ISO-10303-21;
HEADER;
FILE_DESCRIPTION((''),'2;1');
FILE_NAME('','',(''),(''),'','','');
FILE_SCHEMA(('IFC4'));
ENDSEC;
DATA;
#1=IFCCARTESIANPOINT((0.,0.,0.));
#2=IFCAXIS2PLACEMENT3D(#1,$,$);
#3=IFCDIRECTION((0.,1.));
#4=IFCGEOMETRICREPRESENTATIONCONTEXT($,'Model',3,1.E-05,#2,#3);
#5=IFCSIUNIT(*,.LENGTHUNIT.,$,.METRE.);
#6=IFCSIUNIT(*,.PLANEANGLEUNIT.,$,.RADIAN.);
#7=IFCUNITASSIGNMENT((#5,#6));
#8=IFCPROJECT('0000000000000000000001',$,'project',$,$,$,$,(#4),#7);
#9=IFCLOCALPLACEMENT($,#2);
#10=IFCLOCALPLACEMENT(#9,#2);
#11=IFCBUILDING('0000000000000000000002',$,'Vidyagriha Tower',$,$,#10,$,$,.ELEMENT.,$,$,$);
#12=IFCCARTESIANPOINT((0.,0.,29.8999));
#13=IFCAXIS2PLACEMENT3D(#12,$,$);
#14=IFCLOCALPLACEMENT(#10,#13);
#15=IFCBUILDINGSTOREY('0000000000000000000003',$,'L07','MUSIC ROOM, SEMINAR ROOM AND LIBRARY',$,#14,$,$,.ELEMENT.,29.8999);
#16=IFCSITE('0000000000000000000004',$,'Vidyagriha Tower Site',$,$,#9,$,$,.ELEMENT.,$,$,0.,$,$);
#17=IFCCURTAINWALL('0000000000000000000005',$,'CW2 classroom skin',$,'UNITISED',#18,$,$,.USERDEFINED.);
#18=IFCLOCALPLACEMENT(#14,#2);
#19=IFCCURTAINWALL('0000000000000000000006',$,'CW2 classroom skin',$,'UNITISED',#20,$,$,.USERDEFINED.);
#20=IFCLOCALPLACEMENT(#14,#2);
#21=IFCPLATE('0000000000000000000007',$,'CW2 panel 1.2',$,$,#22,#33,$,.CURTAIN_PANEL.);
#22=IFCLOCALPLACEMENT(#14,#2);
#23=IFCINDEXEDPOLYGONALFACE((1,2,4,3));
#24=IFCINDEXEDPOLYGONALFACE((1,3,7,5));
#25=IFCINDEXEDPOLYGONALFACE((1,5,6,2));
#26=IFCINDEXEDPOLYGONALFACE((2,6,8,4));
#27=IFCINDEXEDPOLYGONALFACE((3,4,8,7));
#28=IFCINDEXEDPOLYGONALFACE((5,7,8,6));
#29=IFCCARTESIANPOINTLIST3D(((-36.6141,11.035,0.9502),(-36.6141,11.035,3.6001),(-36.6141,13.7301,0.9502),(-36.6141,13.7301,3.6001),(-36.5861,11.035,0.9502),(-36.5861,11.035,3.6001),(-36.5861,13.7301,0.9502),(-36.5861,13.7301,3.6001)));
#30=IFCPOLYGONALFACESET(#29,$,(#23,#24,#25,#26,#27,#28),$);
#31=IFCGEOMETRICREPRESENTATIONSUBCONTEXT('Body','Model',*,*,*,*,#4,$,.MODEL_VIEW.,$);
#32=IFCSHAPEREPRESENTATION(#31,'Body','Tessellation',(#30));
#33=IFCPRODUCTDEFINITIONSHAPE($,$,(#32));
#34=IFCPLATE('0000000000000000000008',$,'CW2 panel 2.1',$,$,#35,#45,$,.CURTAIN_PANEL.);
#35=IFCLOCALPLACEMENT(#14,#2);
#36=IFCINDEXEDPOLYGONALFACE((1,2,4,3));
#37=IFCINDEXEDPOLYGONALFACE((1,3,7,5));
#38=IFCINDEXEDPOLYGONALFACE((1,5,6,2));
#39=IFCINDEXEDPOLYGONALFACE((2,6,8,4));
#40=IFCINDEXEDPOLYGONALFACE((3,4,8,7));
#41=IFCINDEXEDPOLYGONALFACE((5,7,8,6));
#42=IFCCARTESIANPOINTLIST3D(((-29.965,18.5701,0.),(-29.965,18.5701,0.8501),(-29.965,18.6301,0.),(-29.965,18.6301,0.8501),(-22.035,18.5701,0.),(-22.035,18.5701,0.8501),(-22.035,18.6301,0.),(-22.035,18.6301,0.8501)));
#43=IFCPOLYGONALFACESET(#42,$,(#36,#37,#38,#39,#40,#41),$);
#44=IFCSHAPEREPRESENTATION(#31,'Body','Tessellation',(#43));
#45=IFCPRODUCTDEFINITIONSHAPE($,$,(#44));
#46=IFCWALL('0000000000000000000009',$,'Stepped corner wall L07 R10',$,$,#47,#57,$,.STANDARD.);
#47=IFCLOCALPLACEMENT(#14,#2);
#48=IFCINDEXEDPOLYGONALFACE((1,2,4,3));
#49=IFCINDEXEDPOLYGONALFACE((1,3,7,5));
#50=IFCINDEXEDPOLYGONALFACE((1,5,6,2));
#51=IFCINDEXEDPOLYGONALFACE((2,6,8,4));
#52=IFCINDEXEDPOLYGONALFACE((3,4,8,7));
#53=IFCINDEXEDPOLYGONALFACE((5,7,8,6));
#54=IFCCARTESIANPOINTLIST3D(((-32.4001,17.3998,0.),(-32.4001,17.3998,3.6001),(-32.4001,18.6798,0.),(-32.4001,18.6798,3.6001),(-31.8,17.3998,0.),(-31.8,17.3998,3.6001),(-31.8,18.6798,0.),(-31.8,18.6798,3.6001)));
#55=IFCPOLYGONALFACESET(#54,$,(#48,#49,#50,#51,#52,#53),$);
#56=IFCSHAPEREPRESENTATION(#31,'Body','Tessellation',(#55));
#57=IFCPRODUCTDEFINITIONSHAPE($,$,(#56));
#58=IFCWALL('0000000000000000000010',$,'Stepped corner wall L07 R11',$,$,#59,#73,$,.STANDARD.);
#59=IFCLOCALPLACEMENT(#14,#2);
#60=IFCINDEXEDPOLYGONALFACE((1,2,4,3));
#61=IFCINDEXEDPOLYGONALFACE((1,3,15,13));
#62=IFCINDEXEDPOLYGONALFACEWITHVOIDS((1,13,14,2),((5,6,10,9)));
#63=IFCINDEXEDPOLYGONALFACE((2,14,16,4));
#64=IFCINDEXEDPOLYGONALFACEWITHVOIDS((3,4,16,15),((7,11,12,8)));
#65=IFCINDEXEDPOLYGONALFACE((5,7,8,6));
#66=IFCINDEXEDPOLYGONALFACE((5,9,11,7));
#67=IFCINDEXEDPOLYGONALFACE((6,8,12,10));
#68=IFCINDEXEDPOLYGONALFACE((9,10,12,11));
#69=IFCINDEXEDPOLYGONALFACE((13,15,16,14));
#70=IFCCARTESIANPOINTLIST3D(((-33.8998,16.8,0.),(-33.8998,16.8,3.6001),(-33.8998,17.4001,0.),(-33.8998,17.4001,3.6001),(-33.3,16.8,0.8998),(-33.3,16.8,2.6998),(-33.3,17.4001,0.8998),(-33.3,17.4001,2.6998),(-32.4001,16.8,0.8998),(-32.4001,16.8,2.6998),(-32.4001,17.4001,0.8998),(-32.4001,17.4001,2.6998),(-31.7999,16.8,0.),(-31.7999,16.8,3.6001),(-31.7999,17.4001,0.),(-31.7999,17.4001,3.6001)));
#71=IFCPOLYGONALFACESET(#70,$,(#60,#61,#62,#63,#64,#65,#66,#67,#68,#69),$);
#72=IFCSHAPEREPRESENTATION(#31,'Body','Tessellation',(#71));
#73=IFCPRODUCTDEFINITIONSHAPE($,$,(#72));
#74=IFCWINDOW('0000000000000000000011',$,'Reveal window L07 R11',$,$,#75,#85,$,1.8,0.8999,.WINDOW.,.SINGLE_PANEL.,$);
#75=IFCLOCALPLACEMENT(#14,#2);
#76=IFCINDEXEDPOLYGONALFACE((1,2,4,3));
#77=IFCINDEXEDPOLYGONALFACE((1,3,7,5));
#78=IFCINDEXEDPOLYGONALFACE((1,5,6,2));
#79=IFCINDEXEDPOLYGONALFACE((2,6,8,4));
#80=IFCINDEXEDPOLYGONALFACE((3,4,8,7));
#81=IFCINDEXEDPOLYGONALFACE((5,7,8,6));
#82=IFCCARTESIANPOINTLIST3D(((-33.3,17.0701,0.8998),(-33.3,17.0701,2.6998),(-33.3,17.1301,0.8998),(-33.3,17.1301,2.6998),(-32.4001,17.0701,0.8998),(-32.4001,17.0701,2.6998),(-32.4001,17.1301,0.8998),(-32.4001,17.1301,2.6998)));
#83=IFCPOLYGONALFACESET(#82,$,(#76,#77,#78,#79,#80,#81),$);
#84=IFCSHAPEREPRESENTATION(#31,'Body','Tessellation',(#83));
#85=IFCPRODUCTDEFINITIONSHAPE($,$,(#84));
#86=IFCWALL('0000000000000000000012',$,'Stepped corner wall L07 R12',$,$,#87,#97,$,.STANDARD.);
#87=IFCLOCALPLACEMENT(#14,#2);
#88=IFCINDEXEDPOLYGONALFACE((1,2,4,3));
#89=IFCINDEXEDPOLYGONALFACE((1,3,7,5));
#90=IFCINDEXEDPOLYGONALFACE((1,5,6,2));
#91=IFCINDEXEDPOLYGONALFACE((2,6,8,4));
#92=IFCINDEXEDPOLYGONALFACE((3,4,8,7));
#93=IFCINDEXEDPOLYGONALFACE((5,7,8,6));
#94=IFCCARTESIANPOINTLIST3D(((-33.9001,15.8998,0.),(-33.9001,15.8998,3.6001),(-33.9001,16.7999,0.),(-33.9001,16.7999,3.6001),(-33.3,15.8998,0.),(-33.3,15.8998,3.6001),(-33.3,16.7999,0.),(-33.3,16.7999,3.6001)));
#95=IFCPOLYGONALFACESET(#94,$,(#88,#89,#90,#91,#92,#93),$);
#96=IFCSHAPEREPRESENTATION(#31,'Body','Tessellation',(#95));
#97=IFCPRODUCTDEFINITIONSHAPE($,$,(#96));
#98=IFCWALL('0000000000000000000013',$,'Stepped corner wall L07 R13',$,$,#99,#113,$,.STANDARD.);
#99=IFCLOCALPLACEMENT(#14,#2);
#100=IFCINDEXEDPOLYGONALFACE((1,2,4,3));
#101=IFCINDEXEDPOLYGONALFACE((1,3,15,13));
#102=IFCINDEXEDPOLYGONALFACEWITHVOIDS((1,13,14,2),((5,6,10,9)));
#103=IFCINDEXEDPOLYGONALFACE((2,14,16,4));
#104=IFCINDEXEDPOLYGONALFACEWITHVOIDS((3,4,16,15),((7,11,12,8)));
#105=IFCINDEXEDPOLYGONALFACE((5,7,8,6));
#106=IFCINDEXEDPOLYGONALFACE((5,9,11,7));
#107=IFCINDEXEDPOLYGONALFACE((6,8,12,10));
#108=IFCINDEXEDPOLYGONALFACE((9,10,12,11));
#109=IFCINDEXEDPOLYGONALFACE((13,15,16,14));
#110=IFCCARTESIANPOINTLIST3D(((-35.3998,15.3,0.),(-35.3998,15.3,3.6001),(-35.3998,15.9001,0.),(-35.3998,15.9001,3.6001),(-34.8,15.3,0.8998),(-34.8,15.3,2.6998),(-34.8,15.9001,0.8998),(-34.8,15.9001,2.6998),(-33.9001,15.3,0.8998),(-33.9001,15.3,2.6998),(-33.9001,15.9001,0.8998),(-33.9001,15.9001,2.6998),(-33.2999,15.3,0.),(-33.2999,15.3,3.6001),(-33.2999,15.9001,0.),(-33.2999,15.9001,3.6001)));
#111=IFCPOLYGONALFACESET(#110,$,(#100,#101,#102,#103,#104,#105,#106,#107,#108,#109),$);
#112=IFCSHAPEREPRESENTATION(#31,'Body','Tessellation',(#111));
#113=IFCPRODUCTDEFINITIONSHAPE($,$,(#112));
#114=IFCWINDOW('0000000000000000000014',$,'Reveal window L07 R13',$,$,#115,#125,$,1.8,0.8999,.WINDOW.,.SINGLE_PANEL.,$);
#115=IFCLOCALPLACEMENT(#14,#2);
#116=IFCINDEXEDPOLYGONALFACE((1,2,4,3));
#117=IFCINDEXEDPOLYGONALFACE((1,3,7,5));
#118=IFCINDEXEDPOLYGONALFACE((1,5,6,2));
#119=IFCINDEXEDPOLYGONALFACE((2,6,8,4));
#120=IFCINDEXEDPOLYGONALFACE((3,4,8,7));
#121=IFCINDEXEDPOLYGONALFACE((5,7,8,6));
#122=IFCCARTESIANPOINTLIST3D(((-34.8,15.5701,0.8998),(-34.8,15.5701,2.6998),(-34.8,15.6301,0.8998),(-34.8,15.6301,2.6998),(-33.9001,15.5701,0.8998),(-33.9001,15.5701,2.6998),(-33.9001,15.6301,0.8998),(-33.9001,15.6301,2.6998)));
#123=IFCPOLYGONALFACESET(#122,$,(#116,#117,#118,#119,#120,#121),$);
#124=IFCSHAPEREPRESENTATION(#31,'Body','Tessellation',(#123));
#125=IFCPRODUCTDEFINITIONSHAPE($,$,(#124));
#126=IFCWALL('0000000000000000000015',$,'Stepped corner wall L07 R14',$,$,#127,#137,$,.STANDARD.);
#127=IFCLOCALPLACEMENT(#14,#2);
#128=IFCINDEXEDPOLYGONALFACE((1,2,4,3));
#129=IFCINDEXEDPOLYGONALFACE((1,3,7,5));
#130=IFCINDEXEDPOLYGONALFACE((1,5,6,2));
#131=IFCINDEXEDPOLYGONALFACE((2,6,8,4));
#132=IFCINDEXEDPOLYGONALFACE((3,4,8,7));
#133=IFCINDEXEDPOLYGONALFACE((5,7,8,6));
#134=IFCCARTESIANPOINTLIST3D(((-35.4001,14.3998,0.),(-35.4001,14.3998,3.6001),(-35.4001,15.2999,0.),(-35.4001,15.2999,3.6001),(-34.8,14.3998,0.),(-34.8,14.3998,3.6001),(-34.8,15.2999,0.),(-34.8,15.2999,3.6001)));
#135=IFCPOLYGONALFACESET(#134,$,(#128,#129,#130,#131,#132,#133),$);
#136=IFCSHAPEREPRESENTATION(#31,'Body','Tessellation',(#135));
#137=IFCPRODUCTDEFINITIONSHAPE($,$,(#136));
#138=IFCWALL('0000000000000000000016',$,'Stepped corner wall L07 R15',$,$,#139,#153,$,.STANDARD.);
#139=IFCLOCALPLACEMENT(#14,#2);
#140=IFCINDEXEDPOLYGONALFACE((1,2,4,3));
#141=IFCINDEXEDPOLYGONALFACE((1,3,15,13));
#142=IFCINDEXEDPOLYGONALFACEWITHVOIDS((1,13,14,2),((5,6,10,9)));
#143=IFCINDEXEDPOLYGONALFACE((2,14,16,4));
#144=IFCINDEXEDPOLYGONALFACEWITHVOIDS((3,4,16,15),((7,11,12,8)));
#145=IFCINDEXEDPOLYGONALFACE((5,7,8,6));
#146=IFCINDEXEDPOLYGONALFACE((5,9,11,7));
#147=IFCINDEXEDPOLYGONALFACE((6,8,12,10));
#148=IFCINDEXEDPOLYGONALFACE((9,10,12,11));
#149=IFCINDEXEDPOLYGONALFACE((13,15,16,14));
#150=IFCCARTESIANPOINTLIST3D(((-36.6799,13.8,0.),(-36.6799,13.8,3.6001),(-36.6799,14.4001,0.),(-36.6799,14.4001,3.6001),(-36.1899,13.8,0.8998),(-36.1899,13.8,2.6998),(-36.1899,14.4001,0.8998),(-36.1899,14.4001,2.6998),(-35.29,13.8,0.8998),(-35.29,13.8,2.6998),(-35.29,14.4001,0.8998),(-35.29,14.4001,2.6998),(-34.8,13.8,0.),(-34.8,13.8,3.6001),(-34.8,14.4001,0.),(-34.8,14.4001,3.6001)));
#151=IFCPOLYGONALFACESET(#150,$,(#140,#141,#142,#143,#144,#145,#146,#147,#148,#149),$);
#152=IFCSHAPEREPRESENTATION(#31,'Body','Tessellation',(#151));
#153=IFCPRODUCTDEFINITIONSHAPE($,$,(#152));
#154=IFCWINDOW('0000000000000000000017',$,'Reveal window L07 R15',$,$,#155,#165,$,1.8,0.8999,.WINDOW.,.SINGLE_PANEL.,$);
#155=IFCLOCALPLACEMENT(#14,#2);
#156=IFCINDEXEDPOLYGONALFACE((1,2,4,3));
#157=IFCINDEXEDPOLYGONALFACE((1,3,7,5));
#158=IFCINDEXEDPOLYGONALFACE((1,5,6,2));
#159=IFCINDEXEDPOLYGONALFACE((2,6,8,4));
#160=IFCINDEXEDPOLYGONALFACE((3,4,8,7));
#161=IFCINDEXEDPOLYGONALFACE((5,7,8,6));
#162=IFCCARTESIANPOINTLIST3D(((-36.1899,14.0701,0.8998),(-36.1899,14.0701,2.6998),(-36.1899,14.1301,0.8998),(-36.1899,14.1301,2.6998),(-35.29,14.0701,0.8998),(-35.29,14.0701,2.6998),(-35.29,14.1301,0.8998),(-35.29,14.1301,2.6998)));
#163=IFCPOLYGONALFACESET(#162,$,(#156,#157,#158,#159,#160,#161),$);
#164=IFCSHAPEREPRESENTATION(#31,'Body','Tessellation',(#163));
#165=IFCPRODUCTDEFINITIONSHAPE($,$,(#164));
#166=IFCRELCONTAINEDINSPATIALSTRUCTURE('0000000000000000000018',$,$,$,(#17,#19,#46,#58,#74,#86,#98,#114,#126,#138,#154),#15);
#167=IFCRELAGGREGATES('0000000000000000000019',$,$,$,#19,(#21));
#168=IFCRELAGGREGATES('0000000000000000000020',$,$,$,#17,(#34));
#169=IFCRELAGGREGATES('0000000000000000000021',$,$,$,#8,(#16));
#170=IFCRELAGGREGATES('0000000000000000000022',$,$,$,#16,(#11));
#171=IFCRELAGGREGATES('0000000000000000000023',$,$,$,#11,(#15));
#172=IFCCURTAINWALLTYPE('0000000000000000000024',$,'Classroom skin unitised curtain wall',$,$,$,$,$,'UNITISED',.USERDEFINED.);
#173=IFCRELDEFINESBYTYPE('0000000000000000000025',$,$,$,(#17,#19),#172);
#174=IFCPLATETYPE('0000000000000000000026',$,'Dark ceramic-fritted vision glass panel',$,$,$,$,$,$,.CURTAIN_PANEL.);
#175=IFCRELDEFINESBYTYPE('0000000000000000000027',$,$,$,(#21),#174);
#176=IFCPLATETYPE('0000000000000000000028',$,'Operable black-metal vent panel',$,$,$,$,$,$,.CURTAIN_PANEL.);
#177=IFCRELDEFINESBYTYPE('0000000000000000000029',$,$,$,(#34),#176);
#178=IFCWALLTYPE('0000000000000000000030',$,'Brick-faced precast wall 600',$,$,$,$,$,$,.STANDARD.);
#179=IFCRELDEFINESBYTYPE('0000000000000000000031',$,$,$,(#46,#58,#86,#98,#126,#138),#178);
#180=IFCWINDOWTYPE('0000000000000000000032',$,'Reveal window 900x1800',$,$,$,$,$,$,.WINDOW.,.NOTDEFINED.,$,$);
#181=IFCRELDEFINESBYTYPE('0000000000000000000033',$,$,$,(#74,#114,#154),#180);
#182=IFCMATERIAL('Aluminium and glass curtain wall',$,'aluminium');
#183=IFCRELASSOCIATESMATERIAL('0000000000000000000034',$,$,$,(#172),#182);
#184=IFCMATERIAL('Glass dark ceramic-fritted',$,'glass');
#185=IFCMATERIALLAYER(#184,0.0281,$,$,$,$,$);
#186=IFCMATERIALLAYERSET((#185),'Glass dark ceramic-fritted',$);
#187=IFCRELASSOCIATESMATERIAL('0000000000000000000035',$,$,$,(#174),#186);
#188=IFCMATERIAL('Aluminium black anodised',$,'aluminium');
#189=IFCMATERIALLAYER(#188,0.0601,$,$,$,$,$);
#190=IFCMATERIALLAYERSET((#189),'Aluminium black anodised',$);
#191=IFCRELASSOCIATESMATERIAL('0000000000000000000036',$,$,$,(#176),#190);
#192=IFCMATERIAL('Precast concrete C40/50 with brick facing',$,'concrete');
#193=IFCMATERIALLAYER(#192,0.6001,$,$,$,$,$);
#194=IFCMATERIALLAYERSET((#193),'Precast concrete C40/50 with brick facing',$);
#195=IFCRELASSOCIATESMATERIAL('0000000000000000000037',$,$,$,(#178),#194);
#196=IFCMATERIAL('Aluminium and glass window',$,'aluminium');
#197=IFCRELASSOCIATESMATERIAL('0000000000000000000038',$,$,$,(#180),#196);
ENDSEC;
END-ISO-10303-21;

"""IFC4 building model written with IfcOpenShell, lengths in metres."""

from ifc_helpers import new_model, si_unit, direction, frame, frame_2d, origin, origin_2d, place, context, subcontext, project, spatial, rectangle, extrude, material, layer, layer_set, type_object, element, fill, aggregate, save


model = new_model("IFC4")

# Units and contexts
model_context = context("Model", 3, precision=1e-05, world=origin(), true_north=direction((0.0, 1.0)))
body_context = subcontext(model_context, "Body", "Model", "MODEL_VIEW")
ifc_project = project(units=[si_unit("LENGTHUNIT", "METRE"), si_unit("PLANEANGLEUNIT", "RADIAN")], contexts=[model_context])

# Site, building, storey
site_placement = place(None, origin())
site = spatial("IfcSite", under=ifc_project, at=site_placement, Name="Vidyagriha Tower Site", CompositionType="ELEMENT", RefElevation=0.0)
building_placement = place(site_placement, origin())
building = spatial("IfcBuilding", under=site, at=building_placement, Name="Vidyagriha Tower", CompositionType="ELEMENT")
storey_placement = place(building_placement, frame((0.0, 0.0, 29.8999)))
storey = spatial("IfcBuildingStorey", under=building, at=storey_placement, Name="L07", Description="MUSIC ROOM, SEMINAR ROOM AND LIBRARY", CompositionType="ELEMENT", Elevation=29.8999)

# Curtain wall
ifc_material_1 = material(Name="Aluminium and glass curtain wall", Category="aluminium")
curtain_wall_type = type_object("IfcCurtainWallType", Name="Classroom skin unitised curtain wall", ElementType="UNITISED", PredefinedType="USERDEFINED", material=ifc_material_1)
curtain_wall_1_placement = place(storey_placement, origin())
curtain_wall_1 = element("IfcCurtainWall", 1, at=curtain_wall_1_placement, inside=storey, type_object=curtain_wall_type, Name="CW2 classroom skin", ObjectType="UNITISED", PredefinedType="USERDEFINED")

# Curtain wall
curtain_wall_2_placement = place(storey_placement, origin())
curtain_wall_2 = element("IfcCurtainWall", 2, at=curtain_wall_2_placement, inside=storey, type_object=curtain_wall_type, Name="CW2 classroom skin", ObjectType="UNITISED", PredefinedType="USERDEFINED")

# Plates
ifc_material_2 = material(Name="Glass dark ceramic-fritted", Category="glass")
ifc_layer_1 = layer(ifc_material_2, 0.0281)
ifc_layer_set_1 = layer_set([ifc_layer_1], Name="Glass dark ceramic-fritted")
plate_type_1 = type_object("IfcPlateType", Name="Dark ceramic-fritted vision glass panel", PredefinedType="CURTAIN_PANEL", material=ifc_layer_set_1)
plate_1_placement = place(storey_placement, frame((-36.6001, 12.3826, 0.9502), z_axis=(0.0, 0.0, 1.0), x_axis=(0.0, -1.0, 0.0)))
plate_1 = element("IfcPlate", 3, at=plate_1_placement, type_object=plate_type_1, Name="CW2 panel 1.2", PredefinedType="CURTAIN_PANEL", context=body_context, shape_type="SweptSolid", body=[
    extrude(rectangle(XDim=2.6951, YDim=0.0281, at=origin_2d()), origin(), (0.0, 0.0, 1.0), 2.6499),
])
aggregate(curtain_wall_2, [plate_1])
ifc_material_3 = material(Name="Aluminium black anodised", Category="aluminium")
ifc_layer_2 = layer(ifc_material_3, 0.0601)
ifc_layer_set_2 = layer_set([ifc_layer_2], Name="Aluminium black anodised")
plate_type_2 = type_object("IfcPlateType", Name="Operable black-metal vent panel", PredefinedType="CURTAIN_PANEL", material=ifc_layer_set_2)
plate_2_placement = place(storey_placement, frame((-26.0, 18.6001, 0.0), z_axis=(0.0, 0.0, 1.0), x_axis=(-1.0, 0.0, 0.0)))
plate_2 = element("IfcPlate", 4, at=plate_2_placement, type_object=plate_type_2, Name="CW2 panel 2.1", PredefinedType="CURTAIN_PANEL", context=body_context, shape_type="SweptSolid", body=[
    extrude(rectangle(XDim=7.9299, YDim=0.0601, at=origin_2d()), origin(), (0.0, 0.0, 1.0), 0.8501),
])
aggregate(curtain_wall_1, [plate_2])

# Wall
ifc_material_4 = material(Name="Precast concrete C40/50 with brick facing", Category="concrete")
ifc_layer_3 = layer(ifc_material_4, 0.6001)
ifc_layer_set_3 = layer_set([ifc_layer_3], Name="Precast concrete C40/50 with brick facing")
wall_type = type_object("IfcWallType", Name="Brick-faced precast wall 600", PredefinedType="STANDARD", material=ifc_layer_set_3)
wall_1_placement = place(storey_placement, frame((-32.1001, 18.6799, 0.0), z_axis=(0.0, 0.0, 1.0), x_axis=(0.0, -1.0, 0.0)))
element("IfcWall", 5, at=wall_1_placement, inside=storey, type_object=wall_type, Name="Stepped corner wall L07 R10", PredefinedType="STANDARD", context=body_context, shape_type="SweptSolid", body=[
    extrude(rectangle(XDim=1.28, YDim=0.6001, at=frame_2d((0.6401, 0.0))), origin(), (0.0, 0.0, 1.0), 3.6001),
])

# Wall, opening, window
wall_2_placement = place(storey_placement, frame((-31.8, 17.1001, 0.0), z_axis=(0.0, 0.0, 1.0), x_axis=(-1.0, 0.0, 0.0)))
wall_2 = element("IfcWall", 6, at=wall_2_placement, inside=storey, type_object=wall_type, Name="Stepped corner wall L07 R11", PredefinedType="STANDARD", context=body_context, shape_type="SweptSolid", body=[
    extrude(rectangle(XDim=2.0999, YDim=0.6001, at=frame_2d((1.0498, 0.0))), origin(), (0.0, 0.0, 1.0), 3.6001),
])
opening_1_placement = place(wall_2_placement, frame((0.6001, 0.0, 0.8999)))
opening_1 = element("IfcOpeningElement", 7, at=opening_1_placement, cuts=wall_2, PredefinedType="OPENING", context=body_context, shape_type="SweptSolid", body=[
    extrude(rectangle(XDim=0.8999, YDim=1.8, at=frame_2d((0.45, 0.8999))), frame((0.0, 0.3101, 0.0), z_axis=(0.0, -1.0, 0.0), x_axis=(1.0, 0.0, 0.0)), (0.0, 0.0, 1.0), 0.6201),
])
ifc_material_5 = material(Name="Aluminium and glass window", Category="aluminium")
window_type = type_object("IfcWindowType", Name="Reveal window 900x1800", PartitioningType="NOTDEFINED", PredefinedType="WINDOW", material=ifc_material_5)
window_1_placement = place(opening_1_placement, origin())
window_1 = element("IfcWindow", 8, at=window_1_placement, inside=storey, type_object=window_type, Name="Reveal window L07 R11", OverallHeight=1.8, OverallWidth=0.8999, PartitioningType="SINGLE_PANEL", PredefinedType="WINDOW", context=body_context, shape_type="SweptSolid", body=[
    extrude(rectangle(XDim=0.8999, YDim=1.8, at=frame_2d((0.45, 0.8999))), frame((0.0, 0.03, 0.0), z_axis=(0.0, -1.0, 0.0), x_axis=(1.0, 0.0, 0.0)), (0.0, 0.0, 1.0), 0.0601),
])
fill(opening_1, window_1)

# Wall
wall_3_placement = place(storey_placement, frame((-33.6001, 16.8, 0.0), z_axis=(0.0, 0.0, 1.0), x_axis=(0.0, -1.0, 0.0)))
element("IfcWall", 9, at=wall_3_placement, inside=storey, type_object=wall_type, Name="Stepped corner wall L07 R12", PredefinedType="STANDARD", context=body_context, shape_type="SweptSolid", body=[
    extrude(rectangle(XDim=0.9001, YDim=0.6001, at=frame_2d((0.4502, 0.0))), origin(), (0.0, 0.0, 1.0), 3.6001),
])

# Wall, opening, window
wall_4_placement = place(storey_placement, frame((-33.3, 15.6001, 0.0), z_axis=(0.0, 0.0, 1.0), x_axis=(-1.0, 0.0, 0.0)))
wall_4 = element("IfcWall", 10, at=wall_4_placement, inside=storey, type_object=wall_type, Name="Stepped corner wall L07 R13", PredefinedType="STANDARD", context=body_context, shape_type="SweptSolid", body=[
    extrude(rectangle(XDim=2.0999, YDim=0.6001, at=frame_2d((1.0498, 0.0))), origin(), (0.0, 0.0, 1.0), 3.6001),
])
opening_2_placement = place(wall_4_placement, frame((0.6001, 0.0, 0.8999)))
opening_2 = element("IfcOpeningElement", 11, at=opening_2_placement, cuts=wall_4, PredefinedType="OPENING", context=body_context, shape_type="SweptSolid", body=[
    extrude(rectangle(XDim=0.8999, YDim=1.8, at=frame_2d((0.45, 0.8999))), frame((0.0, 0.3101, 0.0), z_axis=(0.0, -1.0, 0.0), x_axis=(1.0, 0.0, 0.0)), (0.0, 0.0, 1.0), 0.6201),
])
window_2_placement = place(opening_2_placement, origin())
window_2 = element("IfcWindow", 12, at=window_2_placement, inside=storey, type_object=window_type, Name="Reveal window L07 R13", OverallHeight=1.8, OverallWidth=0.8999, PartitioningType="SINGLE_PANEL", PredefinedType="WINDOW", context=body_context, shape_type="SweptSolid", body=[
    extrude(rectangle(XDim=0.8999, YDim=1.8, at=frame_2d((0.45, 0.8999))), frame((0.0, 0.03, 0.0), z_axis=(0.0, -1.0, 0.0), x_axis=(1.0, 0.0, 0.0)), (0.0, 0.0, 1.0), 0.0601),
])
fill(opening_2, window_2)

# Wall
wall_5_placement = place(storey_placement, frame((-35.1001, 15.3, 0.0), z_axis=(0.0, 0.0, 1.0), x_axis=(0.0, -1.0, 0.0)))
element("IfcWall", 13, at=wall_5_placement, inside=storey, type_object=wall_type, Name="Stepped corner wall L07 R14", PredefinedType="STANDARD", context=body_context, shape_type="SweptSolid", body=[
    extrude(rectangle(XDim=0.9001, YDim=0.6001, at=frame_2d((0.4502, 0.0))), origin(), (0.0, 0.0, 1.0), 3.6001),
])

# Wall, opening, window
wall_6_placement = place(storey_placement, frame((-34.8, 14.1001, 0.0), z_axis=(0.0, 0.0, 1.0), x_axis=(-1.0, 0.0, 0.0)))
wall_6 = element("IfcWall", 14, at=wall_6_placement, inside=storey, type_object=wall_type, Name="Stepped corner wall L07 R15", PredefinedType="STANDARD", context=body_context, shape_type="SweptSolid", body=[
    extrude(rectangle(XDim=1.8799, YDim=0.6001, at=frame_2d((0.9399, 0.0))), origin(), (0.0, 0.0, 1.0), 3.6001),
])
opening_3_placement = place(wall_6_placement, frame((0.49, 0.0, 0.8999)))
opening_3 = element("IfcOpeningElement", 15, at=opening_3_placement, cuts=wall_6, PredefinedType="OPENING", context=body_context, shape_type="SweptSolid", body=[
    extrude(rectangle(XDim=0.8999, YDim=1.8, at=frame_2d((0.45, 0.8999))), frame((0.0, 0.3101, 0.0), z_axis=(0.0, -1.0, 0.0), x_axis=(1.0, 0.0, 0.0)), (0.0, 0.0, 1.0), 0.6201),
])
window_3_placement = place(opening_3_placement, origin())
window_3 = element("IfcWindow", 16, at=window_3_placement, inside=storey, type_object=window_type, Name="Reveal window L07 R15", OverallHeight=1.8, OverallWidth=0.8999, PartitioningType="SINGLE_PANEL", PredefinedType="WINDOW", context=body_context, shape_type="SweptSolid", body=[
    extrude(rectangle(XDim=0.8999, YDim=1.8, at=frame_2d((0.45, 0.8999))), frame((0.0, 0.03, 0.0), z_axis=(0.0, -1.0, 0.0), x_axis=(1.0, 0.0, 0.0)), (0.0, 0.0, 1.0), 0.0601),
])
fill(opening_3, window_3)

save(model, "model.ifc")
